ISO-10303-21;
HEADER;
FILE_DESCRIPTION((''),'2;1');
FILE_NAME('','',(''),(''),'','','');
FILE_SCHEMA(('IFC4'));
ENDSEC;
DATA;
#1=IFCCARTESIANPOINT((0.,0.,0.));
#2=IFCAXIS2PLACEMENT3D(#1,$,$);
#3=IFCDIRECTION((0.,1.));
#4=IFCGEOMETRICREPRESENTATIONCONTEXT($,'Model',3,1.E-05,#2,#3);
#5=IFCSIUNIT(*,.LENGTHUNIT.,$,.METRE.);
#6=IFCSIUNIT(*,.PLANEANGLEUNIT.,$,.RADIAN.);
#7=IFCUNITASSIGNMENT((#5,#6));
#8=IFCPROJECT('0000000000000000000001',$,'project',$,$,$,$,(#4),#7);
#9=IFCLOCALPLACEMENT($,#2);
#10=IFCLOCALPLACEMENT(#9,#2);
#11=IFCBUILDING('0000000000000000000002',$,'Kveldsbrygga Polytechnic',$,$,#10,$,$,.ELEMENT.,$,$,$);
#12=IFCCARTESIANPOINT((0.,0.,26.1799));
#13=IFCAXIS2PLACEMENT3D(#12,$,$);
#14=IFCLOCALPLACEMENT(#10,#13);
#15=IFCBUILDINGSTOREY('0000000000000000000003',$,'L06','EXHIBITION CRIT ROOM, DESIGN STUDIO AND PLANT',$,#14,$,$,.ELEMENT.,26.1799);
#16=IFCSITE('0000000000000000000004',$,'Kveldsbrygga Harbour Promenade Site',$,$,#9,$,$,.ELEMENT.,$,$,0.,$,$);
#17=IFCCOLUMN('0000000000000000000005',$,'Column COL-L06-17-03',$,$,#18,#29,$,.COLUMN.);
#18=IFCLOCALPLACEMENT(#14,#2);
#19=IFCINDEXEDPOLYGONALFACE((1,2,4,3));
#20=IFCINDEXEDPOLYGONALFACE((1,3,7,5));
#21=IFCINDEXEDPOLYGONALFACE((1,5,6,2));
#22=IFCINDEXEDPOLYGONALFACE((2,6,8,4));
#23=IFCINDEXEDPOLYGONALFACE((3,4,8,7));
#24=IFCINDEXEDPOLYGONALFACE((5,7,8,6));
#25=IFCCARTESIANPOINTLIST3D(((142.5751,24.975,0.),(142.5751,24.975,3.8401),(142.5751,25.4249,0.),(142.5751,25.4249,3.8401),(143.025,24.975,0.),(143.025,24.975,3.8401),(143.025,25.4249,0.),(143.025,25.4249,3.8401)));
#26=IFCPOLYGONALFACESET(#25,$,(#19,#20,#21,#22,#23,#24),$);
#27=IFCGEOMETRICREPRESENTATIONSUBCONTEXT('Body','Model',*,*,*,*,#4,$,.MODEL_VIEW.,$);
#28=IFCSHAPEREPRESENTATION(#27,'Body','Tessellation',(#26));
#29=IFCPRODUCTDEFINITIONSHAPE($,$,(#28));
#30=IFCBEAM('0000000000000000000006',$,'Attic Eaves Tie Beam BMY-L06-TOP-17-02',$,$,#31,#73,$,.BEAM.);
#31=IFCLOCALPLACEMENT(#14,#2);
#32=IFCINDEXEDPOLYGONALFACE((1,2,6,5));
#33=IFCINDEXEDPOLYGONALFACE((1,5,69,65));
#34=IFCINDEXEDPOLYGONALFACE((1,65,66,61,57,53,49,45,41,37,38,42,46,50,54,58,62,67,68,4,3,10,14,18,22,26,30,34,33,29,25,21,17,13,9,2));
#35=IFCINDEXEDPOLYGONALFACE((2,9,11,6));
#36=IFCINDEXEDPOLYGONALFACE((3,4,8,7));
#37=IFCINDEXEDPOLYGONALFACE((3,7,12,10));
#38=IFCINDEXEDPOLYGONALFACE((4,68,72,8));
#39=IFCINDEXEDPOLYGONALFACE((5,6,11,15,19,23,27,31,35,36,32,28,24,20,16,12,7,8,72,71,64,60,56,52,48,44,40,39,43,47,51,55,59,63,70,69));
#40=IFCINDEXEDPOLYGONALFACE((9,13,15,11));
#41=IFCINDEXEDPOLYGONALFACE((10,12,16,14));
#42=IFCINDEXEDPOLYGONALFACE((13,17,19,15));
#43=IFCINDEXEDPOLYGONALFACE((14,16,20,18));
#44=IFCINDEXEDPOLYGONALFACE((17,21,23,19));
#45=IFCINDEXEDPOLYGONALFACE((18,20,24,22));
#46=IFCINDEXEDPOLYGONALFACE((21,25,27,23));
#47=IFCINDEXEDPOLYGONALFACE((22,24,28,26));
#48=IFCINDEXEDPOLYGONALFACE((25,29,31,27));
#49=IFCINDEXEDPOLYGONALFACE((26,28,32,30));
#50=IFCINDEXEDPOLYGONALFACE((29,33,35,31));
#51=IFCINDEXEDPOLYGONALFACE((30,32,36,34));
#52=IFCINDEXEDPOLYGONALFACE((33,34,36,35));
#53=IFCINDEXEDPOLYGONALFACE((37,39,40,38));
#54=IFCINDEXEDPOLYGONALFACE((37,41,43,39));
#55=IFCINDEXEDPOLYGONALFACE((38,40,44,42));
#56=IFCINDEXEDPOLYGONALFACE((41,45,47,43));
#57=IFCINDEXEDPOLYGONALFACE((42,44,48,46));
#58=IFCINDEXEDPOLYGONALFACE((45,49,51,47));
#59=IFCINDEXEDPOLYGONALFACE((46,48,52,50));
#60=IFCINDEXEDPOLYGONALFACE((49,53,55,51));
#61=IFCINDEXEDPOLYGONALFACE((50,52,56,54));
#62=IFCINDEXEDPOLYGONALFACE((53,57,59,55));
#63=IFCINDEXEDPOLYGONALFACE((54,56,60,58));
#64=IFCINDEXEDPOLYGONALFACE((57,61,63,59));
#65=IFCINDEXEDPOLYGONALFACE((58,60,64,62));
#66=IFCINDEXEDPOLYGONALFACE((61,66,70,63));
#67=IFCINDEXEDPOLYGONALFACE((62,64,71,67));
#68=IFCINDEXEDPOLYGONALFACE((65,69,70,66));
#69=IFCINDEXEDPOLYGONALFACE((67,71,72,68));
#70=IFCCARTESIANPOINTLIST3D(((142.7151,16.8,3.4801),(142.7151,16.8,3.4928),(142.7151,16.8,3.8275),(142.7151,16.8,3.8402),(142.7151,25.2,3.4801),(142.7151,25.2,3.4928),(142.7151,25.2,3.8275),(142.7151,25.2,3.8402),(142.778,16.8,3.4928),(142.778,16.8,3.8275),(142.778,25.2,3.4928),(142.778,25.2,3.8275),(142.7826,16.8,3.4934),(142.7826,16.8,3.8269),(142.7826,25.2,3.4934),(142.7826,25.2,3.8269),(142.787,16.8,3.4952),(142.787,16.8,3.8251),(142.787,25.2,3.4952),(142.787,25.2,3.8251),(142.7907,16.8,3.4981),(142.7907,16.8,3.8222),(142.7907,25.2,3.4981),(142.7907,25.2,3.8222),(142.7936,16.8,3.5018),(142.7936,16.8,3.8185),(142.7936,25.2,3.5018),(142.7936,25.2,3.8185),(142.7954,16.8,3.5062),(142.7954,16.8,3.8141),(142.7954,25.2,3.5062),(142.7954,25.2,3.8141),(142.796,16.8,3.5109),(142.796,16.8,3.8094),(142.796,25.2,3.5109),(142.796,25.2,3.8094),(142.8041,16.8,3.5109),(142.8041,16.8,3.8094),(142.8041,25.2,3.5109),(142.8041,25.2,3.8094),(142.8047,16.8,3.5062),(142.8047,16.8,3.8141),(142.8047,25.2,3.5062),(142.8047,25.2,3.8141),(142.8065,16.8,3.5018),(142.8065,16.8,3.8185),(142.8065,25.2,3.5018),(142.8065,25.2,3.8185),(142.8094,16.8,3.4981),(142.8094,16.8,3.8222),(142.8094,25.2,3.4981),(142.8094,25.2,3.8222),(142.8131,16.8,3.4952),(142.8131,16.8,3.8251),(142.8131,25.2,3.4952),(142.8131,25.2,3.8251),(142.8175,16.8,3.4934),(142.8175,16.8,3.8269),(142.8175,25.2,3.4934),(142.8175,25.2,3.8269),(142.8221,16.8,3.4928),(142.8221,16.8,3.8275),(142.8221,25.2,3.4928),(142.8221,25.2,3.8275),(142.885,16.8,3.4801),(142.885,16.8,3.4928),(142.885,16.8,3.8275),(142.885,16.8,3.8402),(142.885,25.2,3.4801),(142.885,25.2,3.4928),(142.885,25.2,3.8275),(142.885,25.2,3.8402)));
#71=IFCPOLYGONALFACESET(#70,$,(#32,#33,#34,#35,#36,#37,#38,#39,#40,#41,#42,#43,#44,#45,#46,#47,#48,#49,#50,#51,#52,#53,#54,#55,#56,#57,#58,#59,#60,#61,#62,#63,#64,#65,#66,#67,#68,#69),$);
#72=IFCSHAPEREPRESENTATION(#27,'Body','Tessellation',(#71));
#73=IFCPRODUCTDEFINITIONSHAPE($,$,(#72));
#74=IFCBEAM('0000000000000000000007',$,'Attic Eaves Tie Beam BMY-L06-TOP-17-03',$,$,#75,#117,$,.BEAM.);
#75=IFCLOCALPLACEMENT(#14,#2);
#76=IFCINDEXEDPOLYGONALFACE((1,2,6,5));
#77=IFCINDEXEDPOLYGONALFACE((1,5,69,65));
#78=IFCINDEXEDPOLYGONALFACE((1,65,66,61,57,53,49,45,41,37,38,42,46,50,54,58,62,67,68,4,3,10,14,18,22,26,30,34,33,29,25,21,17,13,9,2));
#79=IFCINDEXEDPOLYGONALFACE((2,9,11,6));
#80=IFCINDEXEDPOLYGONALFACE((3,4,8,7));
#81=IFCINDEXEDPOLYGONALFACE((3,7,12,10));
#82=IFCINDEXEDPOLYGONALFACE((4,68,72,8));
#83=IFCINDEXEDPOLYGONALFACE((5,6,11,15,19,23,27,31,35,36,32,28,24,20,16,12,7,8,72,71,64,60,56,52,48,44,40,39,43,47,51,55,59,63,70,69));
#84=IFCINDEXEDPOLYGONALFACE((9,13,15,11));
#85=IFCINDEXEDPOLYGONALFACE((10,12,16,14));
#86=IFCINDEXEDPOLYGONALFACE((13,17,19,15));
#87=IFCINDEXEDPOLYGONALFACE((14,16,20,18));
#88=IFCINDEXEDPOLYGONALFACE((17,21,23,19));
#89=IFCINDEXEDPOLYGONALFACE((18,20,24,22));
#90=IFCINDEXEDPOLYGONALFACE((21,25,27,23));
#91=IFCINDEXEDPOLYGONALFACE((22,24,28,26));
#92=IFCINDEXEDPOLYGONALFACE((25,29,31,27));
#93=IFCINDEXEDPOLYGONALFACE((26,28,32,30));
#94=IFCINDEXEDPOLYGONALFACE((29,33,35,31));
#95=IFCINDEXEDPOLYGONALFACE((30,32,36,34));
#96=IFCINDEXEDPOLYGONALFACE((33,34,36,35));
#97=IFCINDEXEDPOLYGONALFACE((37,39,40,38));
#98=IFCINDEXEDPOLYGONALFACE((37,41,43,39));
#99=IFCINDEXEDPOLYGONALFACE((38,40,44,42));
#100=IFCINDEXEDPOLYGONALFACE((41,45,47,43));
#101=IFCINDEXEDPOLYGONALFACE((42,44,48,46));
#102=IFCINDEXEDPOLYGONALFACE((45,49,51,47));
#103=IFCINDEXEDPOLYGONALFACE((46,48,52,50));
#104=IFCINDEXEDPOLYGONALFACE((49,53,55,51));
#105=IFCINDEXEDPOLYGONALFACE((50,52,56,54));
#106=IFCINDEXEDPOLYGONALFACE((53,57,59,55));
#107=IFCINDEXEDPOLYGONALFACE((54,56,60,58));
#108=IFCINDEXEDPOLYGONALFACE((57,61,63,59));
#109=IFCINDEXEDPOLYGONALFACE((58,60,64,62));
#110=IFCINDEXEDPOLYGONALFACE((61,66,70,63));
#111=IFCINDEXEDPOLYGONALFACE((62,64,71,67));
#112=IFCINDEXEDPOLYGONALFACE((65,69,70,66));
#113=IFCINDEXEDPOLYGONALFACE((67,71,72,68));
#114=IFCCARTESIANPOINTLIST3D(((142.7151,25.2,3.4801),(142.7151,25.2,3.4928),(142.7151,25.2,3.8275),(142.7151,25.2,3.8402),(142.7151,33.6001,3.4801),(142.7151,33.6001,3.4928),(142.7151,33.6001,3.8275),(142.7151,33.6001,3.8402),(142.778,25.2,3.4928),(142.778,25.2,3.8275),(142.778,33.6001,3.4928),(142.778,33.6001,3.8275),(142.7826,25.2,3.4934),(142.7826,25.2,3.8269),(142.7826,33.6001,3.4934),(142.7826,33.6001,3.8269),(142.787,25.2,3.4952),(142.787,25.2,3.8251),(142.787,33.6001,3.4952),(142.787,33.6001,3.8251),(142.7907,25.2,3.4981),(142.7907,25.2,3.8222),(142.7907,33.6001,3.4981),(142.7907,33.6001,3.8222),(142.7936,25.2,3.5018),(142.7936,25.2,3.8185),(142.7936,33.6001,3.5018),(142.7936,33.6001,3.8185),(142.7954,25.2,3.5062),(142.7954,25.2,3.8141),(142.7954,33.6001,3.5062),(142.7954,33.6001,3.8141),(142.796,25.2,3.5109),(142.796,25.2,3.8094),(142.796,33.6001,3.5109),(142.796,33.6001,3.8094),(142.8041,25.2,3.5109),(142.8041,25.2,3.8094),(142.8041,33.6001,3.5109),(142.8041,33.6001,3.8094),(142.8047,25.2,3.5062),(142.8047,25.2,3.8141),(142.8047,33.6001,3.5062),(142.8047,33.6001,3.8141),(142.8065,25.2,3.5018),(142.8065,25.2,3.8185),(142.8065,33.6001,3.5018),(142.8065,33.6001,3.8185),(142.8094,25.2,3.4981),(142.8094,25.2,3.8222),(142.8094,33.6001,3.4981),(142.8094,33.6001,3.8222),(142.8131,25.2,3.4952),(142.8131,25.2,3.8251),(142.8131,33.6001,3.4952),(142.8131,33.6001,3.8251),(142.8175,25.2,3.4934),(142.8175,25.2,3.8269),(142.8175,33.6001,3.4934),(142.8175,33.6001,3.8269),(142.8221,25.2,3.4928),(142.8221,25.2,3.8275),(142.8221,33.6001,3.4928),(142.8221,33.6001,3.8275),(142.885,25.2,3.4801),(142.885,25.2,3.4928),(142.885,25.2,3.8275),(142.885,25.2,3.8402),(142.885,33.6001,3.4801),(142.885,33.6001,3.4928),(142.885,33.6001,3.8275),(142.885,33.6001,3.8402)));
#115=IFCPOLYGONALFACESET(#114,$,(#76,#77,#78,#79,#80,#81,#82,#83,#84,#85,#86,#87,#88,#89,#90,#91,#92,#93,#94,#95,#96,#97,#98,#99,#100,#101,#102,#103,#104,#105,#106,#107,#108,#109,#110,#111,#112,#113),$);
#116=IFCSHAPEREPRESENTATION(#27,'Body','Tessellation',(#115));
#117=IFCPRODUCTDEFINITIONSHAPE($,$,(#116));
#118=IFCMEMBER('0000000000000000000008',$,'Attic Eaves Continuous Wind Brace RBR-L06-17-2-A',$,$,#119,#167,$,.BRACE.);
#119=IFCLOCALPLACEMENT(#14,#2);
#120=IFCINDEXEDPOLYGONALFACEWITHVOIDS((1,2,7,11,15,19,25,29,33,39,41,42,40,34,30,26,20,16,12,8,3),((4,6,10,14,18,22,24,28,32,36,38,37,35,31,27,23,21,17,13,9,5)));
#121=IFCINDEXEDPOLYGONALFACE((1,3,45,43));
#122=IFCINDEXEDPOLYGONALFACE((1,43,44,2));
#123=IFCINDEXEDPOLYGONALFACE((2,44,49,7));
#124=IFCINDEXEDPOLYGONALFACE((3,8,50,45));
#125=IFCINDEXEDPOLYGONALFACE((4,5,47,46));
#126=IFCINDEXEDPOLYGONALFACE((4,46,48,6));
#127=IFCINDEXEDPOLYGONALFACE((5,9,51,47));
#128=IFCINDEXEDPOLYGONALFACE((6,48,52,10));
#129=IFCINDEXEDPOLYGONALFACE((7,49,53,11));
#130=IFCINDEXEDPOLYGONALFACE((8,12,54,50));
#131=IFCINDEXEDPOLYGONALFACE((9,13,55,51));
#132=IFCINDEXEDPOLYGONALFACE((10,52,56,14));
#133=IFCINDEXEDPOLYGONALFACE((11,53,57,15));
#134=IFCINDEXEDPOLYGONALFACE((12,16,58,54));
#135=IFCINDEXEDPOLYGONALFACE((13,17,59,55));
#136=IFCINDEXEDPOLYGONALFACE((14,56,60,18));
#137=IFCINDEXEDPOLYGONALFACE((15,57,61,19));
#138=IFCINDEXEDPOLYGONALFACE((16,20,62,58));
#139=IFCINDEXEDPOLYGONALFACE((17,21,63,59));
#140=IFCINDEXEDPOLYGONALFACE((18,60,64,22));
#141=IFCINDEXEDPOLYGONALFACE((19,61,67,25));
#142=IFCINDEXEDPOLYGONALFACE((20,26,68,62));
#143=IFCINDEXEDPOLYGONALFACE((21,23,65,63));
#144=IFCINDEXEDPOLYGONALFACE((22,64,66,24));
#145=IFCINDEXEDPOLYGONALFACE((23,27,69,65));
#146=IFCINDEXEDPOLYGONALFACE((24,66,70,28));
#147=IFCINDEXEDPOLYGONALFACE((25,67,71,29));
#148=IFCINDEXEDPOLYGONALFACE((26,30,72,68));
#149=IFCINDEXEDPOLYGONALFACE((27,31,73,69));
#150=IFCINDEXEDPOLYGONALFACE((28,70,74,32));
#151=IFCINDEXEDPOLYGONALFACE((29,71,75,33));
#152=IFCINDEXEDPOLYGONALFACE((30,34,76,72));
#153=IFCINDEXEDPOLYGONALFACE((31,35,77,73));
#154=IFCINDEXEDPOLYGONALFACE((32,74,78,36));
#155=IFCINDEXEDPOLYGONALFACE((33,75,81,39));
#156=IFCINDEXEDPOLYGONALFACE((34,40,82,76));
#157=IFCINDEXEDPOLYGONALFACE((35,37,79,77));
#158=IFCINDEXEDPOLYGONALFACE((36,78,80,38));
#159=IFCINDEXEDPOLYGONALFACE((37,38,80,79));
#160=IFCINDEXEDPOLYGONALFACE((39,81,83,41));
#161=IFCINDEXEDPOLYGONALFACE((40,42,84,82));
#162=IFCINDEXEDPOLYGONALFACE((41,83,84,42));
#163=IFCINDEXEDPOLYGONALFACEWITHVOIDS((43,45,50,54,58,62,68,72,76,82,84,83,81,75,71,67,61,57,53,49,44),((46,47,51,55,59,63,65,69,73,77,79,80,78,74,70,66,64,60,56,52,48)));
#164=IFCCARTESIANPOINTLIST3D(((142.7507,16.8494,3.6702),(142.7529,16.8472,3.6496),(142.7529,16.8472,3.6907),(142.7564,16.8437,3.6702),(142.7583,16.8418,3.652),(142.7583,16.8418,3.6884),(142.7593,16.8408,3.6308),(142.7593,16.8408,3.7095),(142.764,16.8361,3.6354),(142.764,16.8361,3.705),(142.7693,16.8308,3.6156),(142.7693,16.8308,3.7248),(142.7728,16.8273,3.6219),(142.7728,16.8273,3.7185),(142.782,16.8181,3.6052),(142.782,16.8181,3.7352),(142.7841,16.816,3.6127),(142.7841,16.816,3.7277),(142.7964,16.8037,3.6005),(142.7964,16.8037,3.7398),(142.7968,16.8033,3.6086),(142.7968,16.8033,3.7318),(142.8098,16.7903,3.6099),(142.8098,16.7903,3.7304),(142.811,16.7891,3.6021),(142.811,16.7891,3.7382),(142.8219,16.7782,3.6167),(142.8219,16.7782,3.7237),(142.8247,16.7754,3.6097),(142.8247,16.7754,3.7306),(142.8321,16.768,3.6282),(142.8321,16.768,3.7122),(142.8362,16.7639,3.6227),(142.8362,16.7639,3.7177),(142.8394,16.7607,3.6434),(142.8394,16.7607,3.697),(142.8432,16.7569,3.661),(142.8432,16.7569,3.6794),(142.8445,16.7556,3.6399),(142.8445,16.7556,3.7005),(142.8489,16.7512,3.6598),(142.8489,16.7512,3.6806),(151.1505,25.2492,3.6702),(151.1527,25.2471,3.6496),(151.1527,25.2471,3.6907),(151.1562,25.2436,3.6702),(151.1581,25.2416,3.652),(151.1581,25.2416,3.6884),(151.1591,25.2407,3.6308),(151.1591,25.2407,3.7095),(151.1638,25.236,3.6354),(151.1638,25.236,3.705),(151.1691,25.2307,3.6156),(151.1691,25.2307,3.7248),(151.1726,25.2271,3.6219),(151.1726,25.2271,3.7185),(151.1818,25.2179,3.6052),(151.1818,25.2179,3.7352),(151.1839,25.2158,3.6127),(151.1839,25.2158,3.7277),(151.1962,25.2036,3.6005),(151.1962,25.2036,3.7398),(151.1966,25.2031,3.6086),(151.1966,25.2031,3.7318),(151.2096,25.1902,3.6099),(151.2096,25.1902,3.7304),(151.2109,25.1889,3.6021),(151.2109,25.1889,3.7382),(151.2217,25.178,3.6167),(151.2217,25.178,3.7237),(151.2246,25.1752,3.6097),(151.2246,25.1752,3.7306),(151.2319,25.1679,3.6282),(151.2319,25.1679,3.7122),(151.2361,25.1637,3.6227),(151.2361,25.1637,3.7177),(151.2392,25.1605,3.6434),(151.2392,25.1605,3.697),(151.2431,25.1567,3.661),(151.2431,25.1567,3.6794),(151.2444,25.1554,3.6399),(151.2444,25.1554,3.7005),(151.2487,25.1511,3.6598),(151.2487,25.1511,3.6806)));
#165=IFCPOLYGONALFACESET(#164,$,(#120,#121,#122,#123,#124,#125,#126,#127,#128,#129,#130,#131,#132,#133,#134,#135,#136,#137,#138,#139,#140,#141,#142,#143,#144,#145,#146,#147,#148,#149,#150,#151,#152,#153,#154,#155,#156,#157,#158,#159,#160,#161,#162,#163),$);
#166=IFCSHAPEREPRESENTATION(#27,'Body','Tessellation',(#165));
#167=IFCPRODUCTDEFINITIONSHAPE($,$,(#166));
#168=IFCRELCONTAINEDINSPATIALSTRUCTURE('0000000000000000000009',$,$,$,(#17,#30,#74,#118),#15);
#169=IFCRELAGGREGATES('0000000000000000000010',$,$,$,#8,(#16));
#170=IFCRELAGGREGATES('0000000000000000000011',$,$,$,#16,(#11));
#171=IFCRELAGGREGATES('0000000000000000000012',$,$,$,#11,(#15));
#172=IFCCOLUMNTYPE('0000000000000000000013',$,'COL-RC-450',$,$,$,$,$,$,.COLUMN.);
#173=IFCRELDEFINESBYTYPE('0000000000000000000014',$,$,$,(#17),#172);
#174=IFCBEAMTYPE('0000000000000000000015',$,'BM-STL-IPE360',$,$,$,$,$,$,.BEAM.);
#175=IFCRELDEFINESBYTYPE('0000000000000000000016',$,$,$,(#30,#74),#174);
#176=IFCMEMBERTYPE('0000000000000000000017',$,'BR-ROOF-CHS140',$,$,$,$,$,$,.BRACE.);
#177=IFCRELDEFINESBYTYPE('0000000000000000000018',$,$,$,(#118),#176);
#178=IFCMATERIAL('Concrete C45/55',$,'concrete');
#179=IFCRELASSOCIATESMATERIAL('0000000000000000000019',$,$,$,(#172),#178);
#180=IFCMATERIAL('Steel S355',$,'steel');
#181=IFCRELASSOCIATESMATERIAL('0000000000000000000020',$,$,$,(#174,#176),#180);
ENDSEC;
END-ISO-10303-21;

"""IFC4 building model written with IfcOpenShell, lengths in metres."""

from ifc_helpers import new_model, si_unit, direction, frame, origin, origin_2d, place, context, subcontext, project, spatial, rectangle, hollow_circle, i_section, extrude, material, material_profile, profile_set, type_object, element, save


model = new_model("IFC4")

# Units and contexts
model_context = context("Model", 3, precision=1e-05, world=origin(), true_north=direction((0.0, 1.0)))
body_context = subcontext(model_context, "Body", "Model", "MODEL_VIEW")
ifc_project = project(units=[si_unit("LENGTHUNIT", "METRE"), si_unit("PLANEANGLEUNIT", "RADIAN")], contexts=[model_context])

# Site, building, storey
site_placement = place(None, origin())
site = spatial("IfcSite", under=ifc_project, at=site_placement, Name="Kveldsbrygga Harbour Promenade Site", CompositionType="ELEMENT", RefElevation=0.0)
building_placement = place(site_placement, origin())
building = spatial("IfcBuilding", under=site, at=building_placement, Name="Kveldsbrygga Polytechnic", CompositionType="ELEMENT")
storey_placement = place(building_placement, frame((0.0, 0.0, 26.1799)))
storey = spatial("IfcBuildingStorey", under=building, at=storey_placement, Name="L06", Description="EXHIBITION CRIT ROOM, DESIGN STUDIO AND PLANT", CompositionType="ELEMENT", Elevation=26.1799)

# Column
ifc_material_1 = material(Name="Concrete C45/55", Category="concrete")
ifc_material_profile_1 = material_profile(ifc_material_1, rectangle(XDim=0.45, YDim=0.45, at=origin_2d()), Name="RC 450x450")
ifc_profile_set_1 = profile_set([ifc_material_profile_1], Name="Concrete C45/55")
column_type = type_object("IfcColumnType", Name="COL-RC-450", PredefinedType="COLUMN", material=ifc_profile_set_1)
column_placement = place(storey_placement, frame((142.8, 25.2, 0.0), z_axis=(0.0, 0.0, 1.0), x_axis=(1.0, 0.0, 0.0)))
element("IfcColumn", 1, at=column_placement, inside=storey, type_object=column_type, Name="Column COL-L06-17-03", PredefinedType="COLUMN", context=body_context, shape_type="SweptSolid", body=[
    extrude(rectangle(XDim=0.45, YDim=0.45, at=origin_2d()), origin(), (0.0, 0.0, 1.0), 3.8401),
])

# Beams
ifc_material_2 = material(Name="Steel S355", Category="steel")
ifc_material_profile_2 = material_profile(ifc_material_2, i_section(OverallWidth=0.1699, OverallDepth=0.3601, WebThickness=0.0081, FlangeThickness=0.0127, FilletRadius=0.0181, at=origin_2d()), Name="IPE 360")
ifc_profile_set_2 = profile_set([ifc_material_profile_2], Name="Steel S355")
beam_type = type_object("IfcBeamType", Name="BM-STL-IPE360", PredefinedType="BEAM", material=ifc_profile_set_2)
beam_1_placement = place(storey_placement, frame((142.8, 16.8, 3.6602), z_axis=(0.0, 1.0, 0.0), x_axis=(-1.0, 0.0, 0.0)))
element("IfcBeam", 2, at=beam_1_placement, inside=storey, type_object=beam_type, Name="Attic Eaves Tie Beam BMY-L06-TOP-17-02", PredefinedType="BEAM", context=body_context, shape_type="SweptSolid", body=[
    extrude(i_section(OverallWidth=0.1699, OverallDepth=0.3601, WebThickness=0.0081, FlangeThickness=0.0127, FilletRadius=0.0181, at=origin_2d()), origin(), (0.0, 0.0, 1.0), 8.3999),
])
beam_2_placement = place(storey_placement, frame((142.8, 25.2, 3.6602), z_axis=(0.0, 1.0, 0.0), x_axis=(-1.0, 0.0, 0.0)))
element("IfcBeam", 3, at=beam_2_placement, inside=storey, type_object=beam_type, Name="Attic Eaves Tie Beam BMY-L06-TOP-17-03", PredefinedType="BEAM", context=body_context, shape_type="SweptSolid", body=[
    extrude(i_section(OverallWidth=0.1699, OverallDepth=0.3601, WebThickness=0.0081, FlangeThickness=0.0127, FilletRadius=0.0181, at=origin_2d()), origin(), (0.0, 0.0, 1.0), 8.4001),
])

# Member
ifc_material_profile_3 = material_profile(ifc_material_2, hollow_circle(Radius=0.0698, WallThickness=0.0081, at=origin_2d()), Name="CHS 139.7x8.0")
ifc_profile_set_3 = profile_set([ifc_material_profile_3], Name="Steel S355")
member_type_1 = type_object("IfcMemberType", Name="BR-ROOF-CHS140", PredefinedType="BRACE", material=ifc_profile_set_3)
member_1_placement = place(storey_placement, frame((142.8, 16.8, 3.6702), z_axis=(0.707107, 0.707107, 0.0), x_axis=(-0.707107, 0.707107, 0.0)))
element("IfcMember", 4, at=member_1_placement, inside=storey, type_object=member_type_1, Name="Attic Eaves Continuous Wind Brace RBR-L06-17-2-A", PredefinedType="BRACE", context=body_context, shape_type="SweptSolid", body=[
    extrude(hollow_circle(Radius=0.0698, WallThickness=0.0081, at=origin_2d()), origin(), (0.0, 0.0, 1.0), 11.8792),
])

save(model, "model.ifc")
